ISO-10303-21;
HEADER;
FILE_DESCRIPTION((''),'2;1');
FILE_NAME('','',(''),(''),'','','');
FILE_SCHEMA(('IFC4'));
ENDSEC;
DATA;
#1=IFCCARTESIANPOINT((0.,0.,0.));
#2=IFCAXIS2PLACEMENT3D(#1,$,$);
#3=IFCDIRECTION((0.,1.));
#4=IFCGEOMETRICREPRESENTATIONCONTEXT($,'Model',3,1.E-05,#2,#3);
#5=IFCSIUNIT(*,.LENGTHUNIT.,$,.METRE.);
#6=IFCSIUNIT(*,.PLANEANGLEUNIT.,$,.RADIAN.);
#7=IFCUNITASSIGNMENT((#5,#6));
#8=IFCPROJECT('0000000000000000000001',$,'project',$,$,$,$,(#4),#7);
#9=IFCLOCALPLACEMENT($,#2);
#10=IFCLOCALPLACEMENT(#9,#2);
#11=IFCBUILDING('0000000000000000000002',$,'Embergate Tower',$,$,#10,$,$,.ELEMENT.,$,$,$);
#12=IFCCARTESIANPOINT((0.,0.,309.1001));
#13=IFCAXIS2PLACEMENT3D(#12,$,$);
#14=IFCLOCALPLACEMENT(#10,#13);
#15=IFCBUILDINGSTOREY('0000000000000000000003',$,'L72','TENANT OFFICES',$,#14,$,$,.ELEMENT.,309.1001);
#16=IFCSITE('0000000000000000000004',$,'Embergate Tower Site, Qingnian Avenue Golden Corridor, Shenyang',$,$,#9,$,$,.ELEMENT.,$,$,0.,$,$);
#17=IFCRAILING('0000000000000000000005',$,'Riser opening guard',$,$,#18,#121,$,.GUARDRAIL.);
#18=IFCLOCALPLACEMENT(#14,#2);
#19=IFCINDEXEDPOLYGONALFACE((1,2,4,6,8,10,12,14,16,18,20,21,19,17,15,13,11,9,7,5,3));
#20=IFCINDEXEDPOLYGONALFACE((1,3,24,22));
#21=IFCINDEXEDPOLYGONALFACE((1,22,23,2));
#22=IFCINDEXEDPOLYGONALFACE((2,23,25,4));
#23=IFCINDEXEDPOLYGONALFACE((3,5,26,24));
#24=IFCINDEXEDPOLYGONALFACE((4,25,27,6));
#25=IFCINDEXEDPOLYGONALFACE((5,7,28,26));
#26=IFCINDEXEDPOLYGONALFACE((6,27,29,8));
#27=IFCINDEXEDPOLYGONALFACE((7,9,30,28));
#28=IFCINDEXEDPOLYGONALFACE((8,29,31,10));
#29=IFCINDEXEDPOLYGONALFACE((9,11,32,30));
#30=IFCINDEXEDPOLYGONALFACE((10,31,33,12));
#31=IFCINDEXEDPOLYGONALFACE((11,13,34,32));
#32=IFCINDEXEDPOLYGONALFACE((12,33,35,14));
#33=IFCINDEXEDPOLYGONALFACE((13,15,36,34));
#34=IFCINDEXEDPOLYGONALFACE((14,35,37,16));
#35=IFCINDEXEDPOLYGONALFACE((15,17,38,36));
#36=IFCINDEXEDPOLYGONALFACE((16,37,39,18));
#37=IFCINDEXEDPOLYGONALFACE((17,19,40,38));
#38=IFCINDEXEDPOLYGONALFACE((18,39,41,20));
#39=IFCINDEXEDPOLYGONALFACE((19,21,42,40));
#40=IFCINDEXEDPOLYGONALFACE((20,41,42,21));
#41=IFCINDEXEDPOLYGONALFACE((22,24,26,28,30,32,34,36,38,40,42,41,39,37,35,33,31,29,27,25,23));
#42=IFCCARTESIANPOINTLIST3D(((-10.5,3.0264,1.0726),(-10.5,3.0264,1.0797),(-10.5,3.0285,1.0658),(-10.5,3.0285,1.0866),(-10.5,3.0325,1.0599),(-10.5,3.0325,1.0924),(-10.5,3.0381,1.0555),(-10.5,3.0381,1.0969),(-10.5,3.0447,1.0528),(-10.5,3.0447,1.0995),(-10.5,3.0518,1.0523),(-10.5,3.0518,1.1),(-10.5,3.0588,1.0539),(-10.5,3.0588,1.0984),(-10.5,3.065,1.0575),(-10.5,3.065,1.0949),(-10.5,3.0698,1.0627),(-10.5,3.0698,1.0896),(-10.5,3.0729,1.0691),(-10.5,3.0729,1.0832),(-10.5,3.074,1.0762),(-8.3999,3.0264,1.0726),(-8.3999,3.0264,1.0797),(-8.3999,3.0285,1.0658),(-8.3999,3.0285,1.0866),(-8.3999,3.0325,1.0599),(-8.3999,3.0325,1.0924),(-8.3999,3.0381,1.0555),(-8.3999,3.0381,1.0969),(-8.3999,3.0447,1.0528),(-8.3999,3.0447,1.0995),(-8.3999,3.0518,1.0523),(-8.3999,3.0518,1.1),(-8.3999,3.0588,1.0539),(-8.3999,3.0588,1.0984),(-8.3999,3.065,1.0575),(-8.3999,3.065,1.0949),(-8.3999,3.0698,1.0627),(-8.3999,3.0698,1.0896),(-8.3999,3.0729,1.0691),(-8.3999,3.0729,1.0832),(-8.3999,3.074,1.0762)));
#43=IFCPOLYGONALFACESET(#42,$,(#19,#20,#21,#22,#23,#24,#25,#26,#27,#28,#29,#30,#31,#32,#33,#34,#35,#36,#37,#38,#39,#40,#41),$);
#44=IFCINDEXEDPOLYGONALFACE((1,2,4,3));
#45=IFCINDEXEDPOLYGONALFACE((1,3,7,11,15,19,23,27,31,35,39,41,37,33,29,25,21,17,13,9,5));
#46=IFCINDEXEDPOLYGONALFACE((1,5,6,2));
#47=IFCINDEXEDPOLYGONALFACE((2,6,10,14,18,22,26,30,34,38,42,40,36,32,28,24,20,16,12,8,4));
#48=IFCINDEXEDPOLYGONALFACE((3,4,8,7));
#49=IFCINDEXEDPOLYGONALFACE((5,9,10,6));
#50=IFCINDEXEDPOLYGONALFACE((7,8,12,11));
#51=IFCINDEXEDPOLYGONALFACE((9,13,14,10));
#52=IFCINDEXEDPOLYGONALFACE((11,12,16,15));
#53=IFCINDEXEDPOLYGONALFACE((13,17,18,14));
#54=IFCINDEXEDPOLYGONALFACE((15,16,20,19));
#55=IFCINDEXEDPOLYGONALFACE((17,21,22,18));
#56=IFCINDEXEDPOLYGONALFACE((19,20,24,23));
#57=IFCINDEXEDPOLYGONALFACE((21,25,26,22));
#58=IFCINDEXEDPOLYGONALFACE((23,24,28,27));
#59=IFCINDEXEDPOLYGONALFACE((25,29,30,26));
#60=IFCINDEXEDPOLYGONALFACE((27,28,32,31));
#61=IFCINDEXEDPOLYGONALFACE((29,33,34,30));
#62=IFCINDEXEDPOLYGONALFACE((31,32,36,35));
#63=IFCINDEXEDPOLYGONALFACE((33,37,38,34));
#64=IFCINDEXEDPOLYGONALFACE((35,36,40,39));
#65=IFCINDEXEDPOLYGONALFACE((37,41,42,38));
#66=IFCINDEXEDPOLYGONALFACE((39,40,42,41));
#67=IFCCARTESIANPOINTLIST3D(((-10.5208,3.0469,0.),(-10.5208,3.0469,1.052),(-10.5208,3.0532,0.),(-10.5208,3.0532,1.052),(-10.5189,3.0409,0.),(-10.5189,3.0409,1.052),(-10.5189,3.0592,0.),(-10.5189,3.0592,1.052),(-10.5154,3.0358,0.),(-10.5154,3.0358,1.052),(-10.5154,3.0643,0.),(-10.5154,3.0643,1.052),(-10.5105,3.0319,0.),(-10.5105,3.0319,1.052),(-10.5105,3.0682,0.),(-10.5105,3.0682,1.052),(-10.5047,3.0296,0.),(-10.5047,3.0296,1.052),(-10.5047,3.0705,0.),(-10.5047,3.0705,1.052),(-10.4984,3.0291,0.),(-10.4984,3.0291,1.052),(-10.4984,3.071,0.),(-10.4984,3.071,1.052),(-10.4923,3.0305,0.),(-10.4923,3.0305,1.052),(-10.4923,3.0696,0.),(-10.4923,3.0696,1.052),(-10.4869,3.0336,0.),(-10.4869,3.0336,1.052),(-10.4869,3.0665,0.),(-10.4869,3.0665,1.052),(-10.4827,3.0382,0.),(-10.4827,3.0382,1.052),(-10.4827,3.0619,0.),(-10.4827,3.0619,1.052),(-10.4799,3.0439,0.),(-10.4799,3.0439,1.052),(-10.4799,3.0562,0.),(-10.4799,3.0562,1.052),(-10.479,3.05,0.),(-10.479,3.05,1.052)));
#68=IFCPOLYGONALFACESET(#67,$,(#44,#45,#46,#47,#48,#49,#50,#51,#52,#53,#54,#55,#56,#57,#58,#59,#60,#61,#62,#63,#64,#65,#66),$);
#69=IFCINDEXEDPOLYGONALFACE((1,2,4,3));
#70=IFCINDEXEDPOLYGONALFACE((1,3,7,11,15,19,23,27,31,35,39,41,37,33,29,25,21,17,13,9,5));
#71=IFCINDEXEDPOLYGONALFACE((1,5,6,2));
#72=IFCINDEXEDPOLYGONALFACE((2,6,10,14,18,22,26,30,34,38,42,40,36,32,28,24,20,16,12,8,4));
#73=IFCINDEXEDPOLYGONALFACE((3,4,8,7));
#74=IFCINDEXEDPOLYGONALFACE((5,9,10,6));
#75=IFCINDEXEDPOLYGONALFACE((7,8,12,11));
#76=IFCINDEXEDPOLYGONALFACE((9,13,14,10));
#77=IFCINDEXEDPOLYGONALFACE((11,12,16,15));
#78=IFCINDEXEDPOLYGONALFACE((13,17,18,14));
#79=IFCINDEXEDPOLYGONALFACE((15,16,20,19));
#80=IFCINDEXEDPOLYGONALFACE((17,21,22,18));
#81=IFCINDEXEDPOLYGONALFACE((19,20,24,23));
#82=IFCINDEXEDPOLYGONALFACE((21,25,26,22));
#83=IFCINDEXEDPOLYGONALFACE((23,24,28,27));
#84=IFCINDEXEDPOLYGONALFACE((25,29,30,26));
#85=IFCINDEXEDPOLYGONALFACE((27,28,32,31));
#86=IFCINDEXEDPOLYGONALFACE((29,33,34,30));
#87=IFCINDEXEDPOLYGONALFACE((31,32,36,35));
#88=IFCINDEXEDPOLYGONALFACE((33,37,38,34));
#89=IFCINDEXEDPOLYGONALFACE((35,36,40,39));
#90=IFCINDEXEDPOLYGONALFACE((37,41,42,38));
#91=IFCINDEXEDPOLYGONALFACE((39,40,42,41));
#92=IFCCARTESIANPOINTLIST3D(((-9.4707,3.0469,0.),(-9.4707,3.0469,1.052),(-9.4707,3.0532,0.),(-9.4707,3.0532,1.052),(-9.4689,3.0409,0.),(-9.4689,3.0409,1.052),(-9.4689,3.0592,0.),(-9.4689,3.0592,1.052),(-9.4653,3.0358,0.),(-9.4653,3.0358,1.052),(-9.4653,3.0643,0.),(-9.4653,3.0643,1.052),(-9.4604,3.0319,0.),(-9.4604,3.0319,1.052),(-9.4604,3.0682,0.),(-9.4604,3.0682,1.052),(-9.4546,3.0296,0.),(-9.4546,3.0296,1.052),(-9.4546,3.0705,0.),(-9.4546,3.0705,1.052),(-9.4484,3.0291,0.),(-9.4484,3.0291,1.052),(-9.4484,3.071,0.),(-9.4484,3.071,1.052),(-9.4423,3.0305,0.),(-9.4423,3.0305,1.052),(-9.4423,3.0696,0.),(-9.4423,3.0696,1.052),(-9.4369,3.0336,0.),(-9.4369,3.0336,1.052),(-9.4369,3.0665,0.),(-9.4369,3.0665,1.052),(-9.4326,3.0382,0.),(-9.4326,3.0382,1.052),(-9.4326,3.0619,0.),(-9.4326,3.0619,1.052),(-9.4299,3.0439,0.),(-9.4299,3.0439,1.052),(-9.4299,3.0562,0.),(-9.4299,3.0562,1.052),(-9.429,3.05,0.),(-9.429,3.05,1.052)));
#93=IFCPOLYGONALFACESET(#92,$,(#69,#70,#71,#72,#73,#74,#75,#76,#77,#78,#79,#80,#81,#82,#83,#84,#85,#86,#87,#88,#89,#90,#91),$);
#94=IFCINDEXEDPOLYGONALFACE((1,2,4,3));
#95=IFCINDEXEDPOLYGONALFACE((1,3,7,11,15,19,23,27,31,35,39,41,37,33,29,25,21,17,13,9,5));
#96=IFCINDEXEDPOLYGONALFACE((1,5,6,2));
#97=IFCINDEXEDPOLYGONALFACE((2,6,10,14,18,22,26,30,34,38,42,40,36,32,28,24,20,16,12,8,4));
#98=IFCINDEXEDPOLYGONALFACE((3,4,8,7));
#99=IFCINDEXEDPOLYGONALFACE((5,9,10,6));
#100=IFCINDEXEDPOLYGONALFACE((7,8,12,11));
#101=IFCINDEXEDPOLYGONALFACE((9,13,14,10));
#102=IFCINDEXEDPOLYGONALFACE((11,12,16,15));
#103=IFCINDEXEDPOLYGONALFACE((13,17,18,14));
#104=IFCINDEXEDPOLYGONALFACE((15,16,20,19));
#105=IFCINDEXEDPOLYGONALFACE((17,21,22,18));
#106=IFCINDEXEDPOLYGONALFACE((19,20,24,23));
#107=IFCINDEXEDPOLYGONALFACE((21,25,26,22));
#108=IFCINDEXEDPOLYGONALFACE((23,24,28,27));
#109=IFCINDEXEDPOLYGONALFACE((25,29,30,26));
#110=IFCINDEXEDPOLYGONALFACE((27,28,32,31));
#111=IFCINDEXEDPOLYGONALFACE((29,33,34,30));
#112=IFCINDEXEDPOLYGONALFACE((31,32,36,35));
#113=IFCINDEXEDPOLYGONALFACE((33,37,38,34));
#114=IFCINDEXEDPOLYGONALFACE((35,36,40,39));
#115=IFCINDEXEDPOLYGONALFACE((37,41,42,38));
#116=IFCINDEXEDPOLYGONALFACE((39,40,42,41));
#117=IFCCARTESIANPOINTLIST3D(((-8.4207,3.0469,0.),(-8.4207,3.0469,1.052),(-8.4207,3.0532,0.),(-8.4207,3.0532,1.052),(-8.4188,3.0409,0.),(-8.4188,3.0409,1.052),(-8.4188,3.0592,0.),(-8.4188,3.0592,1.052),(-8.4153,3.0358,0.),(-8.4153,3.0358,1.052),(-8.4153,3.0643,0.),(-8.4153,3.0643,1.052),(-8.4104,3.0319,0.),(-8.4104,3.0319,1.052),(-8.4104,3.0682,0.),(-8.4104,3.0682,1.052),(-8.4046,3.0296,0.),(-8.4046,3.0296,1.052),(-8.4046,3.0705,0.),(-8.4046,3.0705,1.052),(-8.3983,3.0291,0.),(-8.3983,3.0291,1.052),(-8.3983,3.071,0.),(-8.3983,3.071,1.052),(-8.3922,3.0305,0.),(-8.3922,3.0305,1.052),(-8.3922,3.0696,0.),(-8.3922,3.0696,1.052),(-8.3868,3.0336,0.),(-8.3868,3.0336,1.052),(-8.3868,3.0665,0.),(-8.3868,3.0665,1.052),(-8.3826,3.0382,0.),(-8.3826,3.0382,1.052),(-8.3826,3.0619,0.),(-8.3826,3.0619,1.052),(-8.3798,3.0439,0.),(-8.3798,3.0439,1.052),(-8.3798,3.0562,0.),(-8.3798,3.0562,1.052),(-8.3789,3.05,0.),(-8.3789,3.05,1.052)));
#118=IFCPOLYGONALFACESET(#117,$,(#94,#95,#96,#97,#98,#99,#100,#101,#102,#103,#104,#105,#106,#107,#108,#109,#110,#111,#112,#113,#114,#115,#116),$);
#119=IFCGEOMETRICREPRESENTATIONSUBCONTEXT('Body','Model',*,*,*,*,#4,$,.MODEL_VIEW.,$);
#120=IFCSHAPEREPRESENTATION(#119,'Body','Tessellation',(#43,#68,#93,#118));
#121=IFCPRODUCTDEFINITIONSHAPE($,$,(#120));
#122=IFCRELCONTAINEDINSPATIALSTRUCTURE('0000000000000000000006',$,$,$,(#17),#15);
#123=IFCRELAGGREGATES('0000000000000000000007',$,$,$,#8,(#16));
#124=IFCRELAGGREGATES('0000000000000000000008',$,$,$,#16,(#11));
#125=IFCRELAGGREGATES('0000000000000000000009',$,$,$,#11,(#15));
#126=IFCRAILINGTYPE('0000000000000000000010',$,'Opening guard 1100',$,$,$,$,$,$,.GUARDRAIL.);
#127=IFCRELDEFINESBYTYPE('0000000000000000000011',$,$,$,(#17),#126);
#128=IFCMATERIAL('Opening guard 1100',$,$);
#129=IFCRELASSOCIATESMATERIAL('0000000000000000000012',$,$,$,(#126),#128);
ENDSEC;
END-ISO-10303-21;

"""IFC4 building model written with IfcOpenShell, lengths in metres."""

from ifc_helpers import new_model, si_unit, direction, frame, origin, origin_2d, place, context, subcontext, project, spatial, circle, extrude, source, transform, mapped, material, type_object, element, save


model = new_model("IFC4")

# Units and contexts
model_context = context("Model", 3, precision=1e-05, world=origin(), true_north=direction((0.0, 1.0)))
body_context = subcontext(model_context, "Body", "Model", "MODEL_VIEW")
ifc_project = project(units=[si_unit("LENGTHUNIT", "METRE"), si_unit("PLANEANGLEUNIT", "RADIAN")], contexts=[model_context])

# Site, building, storey
site_placement = place(None, origin())
site = spatial("IfcSite", under=ifc_project, at=site_placement, Name="Embergate Tower Site, Qingnian Avenue Golden Corridor, Shenyang", CompositionType="ELEMENT", RefElevation=0.0)
building_placement = place(site_placement, origin())
building = spatial("IfcBuilding", under=site, at=building_placement, Name="Embergate Tower", CompositionType="ELEMENT")
storey_placement = place(building_placement, frame((0.0, 0.0, 309.1001)))
storey = spatial("IfcBuildingStorey", under=building, at=storey_placement, Name="L72", Description="TENANT OFFICES", CompositionType="ELEMENT", Elevation=309.1001)

# Railing
ifc_material_1 = material(Name="Opening guard 1100")
railing_type = type_object("IfcRailingType", Name="Opening guard 1100", PredefinedType="GUARDRAIL", material=ifc_material_1)
shared_shape_1 = source(origin(), body_context, "Body", "SweptSolid", [
    extrude(circle(Radius=0.0239, at=origin_2d()), frame((0.0, 0.0, 1.0762), z_axis=(1.0, 0.0, 0.0), x_axis=(0.0, 1.0, 0.0)), (0.0, 0.0, 1.0), 2.1001),
    extrude(circle(Radius=0.021, at=origin_2d()), origin(), (0.0, 0.0, 1.0), 1.052),
    extrude(circle(Radius=0.021, at=origin_2d()), frame((1.05, 0.0, 0.0)), (0.0, 0.0, 1.0), 1.052),
    extrude(circle(Radius=0.021, at=origin_2d()), frame((2.1001, 0.0, 0.0)), (0.0, 0.0, 1.0), 1.052),
])
railing_1_placement = place(storey_placement, frame((-10.5, 3.05, 0.0)))
element("IfcRailing", 1, at=railing_1_placement, inside=storey, type_object=railing_type, Name="Riser opening guard", PredefinedType="GUARDRAIL", context=body_context, shape_type="MappedRepresentation", body=[
    mapped(shared_shape_1, transform((0.0, 0.0, 0.0))),
])

save(model, "model.ifc")
